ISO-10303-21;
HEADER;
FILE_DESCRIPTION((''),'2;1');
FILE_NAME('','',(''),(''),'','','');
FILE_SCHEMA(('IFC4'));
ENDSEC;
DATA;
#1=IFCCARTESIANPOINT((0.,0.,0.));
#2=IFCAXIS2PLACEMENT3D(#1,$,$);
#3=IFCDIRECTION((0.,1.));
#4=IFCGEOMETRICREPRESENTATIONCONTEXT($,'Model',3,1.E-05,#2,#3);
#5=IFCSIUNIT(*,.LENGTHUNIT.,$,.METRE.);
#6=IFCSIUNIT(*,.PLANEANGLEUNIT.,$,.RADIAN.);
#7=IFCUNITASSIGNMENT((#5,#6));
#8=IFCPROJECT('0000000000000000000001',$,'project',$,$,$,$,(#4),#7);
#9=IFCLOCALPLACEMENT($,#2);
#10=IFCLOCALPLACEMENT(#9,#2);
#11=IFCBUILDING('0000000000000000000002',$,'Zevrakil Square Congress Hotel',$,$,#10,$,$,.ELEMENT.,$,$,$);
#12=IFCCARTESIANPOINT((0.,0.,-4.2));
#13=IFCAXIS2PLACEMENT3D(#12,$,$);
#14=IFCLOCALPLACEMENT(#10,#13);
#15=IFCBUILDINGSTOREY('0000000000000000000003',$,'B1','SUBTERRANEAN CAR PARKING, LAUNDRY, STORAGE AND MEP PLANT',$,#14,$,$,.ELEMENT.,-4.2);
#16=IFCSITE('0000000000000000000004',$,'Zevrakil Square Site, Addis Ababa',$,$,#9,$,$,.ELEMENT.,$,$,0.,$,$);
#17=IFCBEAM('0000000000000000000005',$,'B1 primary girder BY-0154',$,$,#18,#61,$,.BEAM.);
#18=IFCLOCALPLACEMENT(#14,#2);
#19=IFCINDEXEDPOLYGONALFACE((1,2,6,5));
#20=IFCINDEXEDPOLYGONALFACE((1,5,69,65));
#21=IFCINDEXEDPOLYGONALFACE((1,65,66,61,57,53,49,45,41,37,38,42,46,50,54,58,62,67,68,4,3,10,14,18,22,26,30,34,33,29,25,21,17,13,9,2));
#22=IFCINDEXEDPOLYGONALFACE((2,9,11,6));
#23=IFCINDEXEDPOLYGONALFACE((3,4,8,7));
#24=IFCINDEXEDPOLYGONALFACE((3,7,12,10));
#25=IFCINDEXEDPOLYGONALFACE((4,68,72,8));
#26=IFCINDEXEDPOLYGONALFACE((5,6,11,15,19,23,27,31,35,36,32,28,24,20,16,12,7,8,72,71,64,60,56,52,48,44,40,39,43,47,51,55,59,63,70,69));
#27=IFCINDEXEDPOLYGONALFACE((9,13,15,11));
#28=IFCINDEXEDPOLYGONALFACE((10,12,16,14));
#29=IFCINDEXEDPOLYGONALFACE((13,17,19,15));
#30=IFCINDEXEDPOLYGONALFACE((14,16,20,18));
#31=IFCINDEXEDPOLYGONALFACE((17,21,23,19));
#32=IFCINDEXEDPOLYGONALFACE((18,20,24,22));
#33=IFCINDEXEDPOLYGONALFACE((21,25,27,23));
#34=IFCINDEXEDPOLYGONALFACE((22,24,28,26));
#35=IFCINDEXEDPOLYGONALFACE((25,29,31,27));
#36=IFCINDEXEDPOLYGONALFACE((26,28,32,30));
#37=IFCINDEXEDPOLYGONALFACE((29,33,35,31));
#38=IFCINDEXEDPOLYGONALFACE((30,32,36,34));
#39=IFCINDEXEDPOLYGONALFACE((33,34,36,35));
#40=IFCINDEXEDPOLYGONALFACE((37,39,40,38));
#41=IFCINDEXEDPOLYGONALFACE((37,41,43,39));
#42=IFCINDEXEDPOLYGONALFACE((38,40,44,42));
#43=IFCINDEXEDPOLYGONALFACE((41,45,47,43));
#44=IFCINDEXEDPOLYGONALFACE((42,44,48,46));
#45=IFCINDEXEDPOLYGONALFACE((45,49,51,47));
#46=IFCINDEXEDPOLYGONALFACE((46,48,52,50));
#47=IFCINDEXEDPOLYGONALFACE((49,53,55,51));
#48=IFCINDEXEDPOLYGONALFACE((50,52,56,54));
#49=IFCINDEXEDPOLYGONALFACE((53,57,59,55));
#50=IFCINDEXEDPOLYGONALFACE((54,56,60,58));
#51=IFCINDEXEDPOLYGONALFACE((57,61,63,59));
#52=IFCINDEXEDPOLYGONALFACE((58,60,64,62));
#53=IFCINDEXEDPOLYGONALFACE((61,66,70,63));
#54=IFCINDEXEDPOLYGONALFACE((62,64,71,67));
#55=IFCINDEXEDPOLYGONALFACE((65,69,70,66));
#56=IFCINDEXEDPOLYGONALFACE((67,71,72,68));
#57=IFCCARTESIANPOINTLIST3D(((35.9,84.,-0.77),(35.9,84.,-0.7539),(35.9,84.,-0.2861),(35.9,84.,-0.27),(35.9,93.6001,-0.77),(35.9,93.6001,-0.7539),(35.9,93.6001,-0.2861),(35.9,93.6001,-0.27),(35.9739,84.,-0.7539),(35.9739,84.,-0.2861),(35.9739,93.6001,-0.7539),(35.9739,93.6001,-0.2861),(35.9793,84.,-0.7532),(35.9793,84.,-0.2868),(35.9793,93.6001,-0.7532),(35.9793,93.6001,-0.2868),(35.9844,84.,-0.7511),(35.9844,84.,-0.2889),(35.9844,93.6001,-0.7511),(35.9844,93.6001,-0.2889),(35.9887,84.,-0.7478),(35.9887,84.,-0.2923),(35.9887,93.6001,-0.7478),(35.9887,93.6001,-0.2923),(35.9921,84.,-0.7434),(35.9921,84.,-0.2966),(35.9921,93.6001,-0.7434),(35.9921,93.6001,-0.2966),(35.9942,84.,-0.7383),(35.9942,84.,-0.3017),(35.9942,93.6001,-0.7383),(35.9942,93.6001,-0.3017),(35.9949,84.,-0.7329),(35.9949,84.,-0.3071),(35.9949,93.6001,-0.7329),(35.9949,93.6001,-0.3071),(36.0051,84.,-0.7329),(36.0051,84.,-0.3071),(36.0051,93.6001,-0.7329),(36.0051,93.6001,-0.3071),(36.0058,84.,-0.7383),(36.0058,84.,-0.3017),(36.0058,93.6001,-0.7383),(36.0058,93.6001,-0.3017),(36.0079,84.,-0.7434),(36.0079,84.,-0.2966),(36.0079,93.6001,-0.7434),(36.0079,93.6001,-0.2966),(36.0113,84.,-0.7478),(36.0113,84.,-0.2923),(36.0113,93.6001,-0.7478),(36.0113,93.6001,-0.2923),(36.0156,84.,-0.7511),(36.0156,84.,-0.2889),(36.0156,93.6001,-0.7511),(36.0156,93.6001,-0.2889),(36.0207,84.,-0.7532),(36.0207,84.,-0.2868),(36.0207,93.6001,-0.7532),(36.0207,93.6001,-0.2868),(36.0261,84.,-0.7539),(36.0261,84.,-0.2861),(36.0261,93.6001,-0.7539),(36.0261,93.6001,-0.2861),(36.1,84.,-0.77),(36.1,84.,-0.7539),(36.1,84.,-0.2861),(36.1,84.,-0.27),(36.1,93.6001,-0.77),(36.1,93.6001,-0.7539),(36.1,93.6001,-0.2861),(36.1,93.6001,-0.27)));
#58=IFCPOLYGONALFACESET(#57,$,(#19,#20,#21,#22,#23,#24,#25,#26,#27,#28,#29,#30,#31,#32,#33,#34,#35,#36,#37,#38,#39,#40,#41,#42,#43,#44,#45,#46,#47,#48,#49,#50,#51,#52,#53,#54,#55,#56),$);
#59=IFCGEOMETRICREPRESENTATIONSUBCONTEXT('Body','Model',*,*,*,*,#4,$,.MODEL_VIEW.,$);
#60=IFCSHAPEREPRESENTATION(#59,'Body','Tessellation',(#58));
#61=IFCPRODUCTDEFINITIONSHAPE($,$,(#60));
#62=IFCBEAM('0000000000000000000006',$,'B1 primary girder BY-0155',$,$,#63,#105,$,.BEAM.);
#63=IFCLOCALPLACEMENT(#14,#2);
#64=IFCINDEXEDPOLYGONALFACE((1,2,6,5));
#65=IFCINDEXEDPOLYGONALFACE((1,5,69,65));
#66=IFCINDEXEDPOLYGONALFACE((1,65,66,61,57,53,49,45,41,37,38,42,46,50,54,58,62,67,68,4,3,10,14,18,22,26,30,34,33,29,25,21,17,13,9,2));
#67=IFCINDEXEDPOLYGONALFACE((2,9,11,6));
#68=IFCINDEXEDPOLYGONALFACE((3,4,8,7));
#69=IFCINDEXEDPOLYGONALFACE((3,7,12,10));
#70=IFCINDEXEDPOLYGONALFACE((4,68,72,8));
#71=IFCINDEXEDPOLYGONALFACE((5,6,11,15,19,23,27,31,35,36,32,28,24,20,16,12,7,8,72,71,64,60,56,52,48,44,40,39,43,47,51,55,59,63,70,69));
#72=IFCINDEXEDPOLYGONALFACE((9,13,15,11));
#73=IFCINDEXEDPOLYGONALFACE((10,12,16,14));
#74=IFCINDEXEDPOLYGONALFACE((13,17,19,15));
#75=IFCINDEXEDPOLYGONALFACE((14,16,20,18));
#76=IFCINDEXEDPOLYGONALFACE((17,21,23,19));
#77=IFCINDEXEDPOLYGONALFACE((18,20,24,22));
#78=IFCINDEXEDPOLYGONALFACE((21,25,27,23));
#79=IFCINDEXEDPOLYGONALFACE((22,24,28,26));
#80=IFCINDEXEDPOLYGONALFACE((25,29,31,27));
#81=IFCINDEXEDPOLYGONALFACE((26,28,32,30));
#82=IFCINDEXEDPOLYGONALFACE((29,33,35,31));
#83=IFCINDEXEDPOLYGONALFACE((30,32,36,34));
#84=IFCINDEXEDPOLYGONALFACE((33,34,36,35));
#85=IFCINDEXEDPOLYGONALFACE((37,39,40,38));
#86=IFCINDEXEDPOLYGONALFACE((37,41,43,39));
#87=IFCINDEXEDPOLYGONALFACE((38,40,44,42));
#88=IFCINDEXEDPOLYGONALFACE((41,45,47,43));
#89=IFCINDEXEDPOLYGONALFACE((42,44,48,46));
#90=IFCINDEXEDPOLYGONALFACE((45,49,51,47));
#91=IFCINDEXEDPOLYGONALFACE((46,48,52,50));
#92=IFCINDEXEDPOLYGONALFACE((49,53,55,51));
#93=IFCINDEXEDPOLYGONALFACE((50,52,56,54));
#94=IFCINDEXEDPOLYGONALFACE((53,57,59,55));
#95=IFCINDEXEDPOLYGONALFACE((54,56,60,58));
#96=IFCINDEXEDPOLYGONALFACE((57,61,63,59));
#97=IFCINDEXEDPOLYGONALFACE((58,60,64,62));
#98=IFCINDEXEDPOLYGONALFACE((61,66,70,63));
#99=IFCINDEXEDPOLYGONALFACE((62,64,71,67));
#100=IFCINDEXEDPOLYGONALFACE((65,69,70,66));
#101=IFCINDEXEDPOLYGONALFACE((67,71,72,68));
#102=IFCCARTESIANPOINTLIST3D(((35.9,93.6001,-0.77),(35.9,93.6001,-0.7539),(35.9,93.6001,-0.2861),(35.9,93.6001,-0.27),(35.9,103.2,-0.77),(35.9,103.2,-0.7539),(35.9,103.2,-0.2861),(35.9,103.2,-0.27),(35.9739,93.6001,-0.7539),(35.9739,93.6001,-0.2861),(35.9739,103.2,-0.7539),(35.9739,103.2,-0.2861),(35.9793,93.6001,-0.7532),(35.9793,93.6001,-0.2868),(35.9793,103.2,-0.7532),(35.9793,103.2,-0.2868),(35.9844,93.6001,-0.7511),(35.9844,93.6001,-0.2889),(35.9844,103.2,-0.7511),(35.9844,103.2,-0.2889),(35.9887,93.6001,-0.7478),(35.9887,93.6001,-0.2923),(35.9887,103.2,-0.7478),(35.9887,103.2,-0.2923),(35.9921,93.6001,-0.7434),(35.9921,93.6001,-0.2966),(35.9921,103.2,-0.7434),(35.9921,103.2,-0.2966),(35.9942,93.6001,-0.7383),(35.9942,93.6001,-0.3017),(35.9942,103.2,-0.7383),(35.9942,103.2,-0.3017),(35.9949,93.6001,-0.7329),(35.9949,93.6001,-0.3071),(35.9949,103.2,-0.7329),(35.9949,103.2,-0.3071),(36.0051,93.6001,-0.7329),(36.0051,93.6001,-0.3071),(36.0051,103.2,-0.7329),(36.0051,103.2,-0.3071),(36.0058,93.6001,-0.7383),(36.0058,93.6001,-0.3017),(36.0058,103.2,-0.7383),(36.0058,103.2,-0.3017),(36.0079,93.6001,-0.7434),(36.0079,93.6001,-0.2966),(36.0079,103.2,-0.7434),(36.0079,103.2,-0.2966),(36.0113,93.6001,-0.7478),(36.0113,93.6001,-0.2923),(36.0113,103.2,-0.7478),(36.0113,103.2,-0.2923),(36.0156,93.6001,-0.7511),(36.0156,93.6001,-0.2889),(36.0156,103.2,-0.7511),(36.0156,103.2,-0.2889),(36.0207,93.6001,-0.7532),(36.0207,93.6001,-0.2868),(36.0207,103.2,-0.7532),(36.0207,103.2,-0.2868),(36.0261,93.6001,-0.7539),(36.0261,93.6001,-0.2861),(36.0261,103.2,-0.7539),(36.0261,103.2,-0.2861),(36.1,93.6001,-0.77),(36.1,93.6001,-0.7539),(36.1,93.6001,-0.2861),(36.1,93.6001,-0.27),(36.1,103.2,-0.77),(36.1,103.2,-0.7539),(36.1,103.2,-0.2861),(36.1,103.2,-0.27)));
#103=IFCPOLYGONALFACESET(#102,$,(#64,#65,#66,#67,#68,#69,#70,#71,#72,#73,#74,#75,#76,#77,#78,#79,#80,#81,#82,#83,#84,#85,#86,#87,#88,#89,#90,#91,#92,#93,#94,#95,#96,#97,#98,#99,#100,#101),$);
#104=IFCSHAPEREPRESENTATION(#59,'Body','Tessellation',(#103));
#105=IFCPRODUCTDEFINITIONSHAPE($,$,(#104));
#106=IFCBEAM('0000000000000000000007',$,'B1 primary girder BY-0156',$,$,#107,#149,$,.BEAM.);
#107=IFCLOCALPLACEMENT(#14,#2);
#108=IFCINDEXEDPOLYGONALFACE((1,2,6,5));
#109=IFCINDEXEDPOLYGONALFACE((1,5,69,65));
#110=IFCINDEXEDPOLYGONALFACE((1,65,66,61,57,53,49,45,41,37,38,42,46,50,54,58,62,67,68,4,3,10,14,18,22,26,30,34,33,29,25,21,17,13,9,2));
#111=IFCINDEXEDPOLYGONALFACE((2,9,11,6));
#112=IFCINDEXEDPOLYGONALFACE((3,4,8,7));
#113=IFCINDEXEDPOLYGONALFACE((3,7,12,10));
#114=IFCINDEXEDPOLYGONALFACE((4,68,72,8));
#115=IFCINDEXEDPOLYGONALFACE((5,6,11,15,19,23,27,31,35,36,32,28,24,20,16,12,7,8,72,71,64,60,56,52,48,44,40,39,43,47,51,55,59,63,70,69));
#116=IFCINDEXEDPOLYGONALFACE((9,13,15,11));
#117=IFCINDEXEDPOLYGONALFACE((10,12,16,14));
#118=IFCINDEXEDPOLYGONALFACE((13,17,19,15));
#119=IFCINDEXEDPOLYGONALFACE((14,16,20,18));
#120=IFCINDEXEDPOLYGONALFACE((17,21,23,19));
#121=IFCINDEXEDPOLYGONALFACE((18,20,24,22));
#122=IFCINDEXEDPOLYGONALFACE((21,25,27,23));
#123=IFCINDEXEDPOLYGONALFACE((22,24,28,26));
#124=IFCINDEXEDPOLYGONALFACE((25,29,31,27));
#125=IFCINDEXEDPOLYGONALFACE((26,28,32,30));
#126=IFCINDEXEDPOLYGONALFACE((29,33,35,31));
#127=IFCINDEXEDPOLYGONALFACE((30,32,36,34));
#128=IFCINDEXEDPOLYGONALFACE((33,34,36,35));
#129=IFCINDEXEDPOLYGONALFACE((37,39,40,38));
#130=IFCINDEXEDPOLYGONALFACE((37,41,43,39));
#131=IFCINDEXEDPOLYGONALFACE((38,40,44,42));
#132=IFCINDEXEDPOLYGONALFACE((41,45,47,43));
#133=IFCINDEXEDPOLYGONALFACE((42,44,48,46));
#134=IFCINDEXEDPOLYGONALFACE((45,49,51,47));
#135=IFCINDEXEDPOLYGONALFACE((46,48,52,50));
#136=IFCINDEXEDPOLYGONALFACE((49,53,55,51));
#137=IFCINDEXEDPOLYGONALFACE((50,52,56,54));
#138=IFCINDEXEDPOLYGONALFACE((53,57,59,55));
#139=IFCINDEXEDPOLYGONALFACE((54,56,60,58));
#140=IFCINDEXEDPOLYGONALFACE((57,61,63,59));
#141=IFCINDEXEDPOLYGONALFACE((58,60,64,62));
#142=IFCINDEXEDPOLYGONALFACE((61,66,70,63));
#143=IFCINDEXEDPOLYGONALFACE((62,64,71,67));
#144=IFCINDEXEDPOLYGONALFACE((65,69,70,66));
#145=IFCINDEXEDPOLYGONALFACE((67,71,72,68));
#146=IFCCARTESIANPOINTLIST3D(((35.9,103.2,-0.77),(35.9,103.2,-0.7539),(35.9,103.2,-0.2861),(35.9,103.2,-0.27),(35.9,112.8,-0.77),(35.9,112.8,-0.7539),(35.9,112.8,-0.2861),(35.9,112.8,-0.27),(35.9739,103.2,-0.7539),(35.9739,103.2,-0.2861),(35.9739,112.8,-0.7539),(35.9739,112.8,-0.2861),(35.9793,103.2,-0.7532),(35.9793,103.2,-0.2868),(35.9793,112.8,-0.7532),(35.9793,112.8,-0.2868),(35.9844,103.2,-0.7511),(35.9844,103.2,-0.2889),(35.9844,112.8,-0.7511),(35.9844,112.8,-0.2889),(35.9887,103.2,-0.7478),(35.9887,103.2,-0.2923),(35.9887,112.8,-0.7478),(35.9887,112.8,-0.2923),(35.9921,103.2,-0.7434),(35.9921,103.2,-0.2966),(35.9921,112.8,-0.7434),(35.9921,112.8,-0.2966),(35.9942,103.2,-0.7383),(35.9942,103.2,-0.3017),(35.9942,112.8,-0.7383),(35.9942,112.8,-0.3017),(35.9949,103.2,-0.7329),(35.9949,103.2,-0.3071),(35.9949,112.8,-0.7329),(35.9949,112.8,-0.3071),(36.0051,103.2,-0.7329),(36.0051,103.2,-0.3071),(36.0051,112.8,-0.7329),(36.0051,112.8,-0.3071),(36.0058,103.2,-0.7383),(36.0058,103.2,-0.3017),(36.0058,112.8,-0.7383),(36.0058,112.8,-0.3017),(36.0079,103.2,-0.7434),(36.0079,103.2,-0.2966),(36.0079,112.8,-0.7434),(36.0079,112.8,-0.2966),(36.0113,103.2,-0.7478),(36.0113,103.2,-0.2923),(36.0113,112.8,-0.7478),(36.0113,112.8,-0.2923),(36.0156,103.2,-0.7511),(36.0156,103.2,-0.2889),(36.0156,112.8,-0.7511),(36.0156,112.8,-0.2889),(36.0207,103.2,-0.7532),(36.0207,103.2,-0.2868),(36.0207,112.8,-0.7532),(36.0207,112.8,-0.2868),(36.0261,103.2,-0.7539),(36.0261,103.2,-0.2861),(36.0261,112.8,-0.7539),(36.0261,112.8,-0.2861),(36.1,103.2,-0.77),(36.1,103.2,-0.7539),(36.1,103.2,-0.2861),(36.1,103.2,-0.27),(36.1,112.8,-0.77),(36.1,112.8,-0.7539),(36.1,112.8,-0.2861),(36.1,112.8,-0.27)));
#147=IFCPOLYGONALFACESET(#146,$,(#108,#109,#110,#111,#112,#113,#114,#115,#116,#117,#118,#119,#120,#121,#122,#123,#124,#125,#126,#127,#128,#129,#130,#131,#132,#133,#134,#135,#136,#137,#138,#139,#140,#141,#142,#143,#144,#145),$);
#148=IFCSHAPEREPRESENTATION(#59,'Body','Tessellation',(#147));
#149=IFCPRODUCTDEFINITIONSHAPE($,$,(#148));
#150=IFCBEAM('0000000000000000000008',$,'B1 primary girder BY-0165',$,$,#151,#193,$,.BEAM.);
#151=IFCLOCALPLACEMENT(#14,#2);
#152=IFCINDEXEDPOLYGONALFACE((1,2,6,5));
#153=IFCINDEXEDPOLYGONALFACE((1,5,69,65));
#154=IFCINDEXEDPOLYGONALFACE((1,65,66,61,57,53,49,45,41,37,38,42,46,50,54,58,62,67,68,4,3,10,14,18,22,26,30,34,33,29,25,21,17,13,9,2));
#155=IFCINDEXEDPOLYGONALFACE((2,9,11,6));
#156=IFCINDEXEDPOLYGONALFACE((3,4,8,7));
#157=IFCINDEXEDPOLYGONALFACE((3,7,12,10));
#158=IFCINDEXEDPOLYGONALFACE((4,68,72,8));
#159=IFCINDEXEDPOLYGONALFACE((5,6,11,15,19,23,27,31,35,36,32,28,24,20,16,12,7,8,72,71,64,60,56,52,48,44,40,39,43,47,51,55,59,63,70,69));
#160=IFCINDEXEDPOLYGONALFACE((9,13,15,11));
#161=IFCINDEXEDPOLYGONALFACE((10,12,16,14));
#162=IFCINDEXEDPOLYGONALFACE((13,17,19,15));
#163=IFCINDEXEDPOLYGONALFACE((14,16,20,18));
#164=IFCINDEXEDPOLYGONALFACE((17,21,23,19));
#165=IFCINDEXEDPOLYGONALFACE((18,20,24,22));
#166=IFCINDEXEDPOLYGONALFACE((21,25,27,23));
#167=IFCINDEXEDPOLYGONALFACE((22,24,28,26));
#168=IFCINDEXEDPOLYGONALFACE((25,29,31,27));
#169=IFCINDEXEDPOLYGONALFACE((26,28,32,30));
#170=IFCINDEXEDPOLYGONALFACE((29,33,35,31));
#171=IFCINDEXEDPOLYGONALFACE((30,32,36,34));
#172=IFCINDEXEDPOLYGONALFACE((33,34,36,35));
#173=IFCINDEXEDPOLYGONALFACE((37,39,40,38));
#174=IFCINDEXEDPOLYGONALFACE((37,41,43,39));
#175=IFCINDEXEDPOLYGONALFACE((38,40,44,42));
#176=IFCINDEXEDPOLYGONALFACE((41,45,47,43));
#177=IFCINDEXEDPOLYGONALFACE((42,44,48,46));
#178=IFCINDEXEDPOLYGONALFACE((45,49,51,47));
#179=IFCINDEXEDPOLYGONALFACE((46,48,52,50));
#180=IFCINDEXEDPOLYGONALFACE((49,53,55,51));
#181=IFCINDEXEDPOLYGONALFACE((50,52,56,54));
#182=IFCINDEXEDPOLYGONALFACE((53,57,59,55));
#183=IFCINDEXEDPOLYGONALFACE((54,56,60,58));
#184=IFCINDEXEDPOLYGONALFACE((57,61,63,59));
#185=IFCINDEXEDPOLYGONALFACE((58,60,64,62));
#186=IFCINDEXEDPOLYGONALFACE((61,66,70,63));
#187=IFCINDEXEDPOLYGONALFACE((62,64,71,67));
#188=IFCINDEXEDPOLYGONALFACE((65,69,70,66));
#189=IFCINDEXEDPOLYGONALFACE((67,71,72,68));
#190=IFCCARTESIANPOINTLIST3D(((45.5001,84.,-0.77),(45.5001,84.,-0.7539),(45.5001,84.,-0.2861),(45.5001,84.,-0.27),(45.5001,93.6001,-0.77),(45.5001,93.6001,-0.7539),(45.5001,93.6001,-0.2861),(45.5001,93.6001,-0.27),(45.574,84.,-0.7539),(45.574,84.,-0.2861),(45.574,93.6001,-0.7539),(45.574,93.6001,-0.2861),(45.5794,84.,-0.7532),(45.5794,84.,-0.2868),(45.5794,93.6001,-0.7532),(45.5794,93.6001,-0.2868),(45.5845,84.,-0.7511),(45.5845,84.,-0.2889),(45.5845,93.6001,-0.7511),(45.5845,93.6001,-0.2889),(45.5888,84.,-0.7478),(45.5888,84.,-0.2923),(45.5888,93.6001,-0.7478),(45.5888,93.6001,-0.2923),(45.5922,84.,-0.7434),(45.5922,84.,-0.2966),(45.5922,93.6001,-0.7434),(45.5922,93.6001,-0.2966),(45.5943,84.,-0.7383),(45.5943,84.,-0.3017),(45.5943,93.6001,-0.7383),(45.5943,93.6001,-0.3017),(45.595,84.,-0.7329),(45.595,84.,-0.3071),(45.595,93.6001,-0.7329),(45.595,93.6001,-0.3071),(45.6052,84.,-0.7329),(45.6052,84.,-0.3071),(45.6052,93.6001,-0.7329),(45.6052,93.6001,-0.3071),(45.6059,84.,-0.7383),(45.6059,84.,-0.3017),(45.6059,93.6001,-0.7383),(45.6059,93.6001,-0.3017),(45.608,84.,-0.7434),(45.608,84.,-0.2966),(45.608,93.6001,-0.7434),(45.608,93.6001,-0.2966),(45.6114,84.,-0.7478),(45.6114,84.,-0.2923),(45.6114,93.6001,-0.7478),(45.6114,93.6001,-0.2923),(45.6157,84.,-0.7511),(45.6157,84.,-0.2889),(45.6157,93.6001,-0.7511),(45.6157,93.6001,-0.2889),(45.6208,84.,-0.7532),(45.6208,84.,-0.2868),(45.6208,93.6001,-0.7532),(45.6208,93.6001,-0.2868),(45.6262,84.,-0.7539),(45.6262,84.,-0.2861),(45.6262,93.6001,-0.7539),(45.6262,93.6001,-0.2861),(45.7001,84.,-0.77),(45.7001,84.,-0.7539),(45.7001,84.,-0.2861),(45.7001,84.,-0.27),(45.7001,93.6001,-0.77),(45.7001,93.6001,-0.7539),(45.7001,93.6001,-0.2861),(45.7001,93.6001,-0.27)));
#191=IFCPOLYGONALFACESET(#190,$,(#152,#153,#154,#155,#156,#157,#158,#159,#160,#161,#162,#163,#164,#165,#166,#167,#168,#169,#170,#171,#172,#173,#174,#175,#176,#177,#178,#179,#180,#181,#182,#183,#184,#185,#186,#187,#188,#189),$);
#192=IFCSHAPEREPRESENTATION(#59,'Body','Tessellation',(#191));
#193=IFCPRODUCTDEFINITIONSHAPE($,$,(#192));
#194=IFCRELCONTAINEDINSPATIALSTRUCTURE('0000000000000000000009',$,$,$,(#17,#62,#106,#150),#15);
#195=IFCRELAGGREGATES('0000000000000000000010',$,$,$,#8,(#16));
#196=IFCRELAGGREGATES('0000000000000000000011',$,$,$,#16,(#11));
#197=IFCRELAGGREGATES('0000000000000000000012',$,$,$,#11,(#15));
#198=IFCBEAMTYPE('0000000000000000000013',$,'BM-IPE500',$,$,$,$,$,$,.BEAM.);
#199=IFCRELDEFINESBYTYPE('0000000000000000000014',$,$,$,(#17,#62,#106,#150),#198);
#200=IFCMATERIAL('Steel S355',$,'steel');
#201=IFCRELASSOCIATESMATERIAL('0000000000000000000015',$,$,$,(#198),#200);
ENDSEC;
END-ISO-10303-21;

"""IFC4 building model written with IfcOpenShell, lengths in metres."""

from ifc_helpers import new_model, si_unit, direction, frame, origin, origin_2d, place, context, subcontext, project, spatial, i_section, extrude, material, material_profile, profile_set, type_object, element, save


model = new_model("IFC4")

# Units and contexts
model_context = context("Model", 3, precision=1e-05, world=origin(), true_north=direction((0.0, 1.0)))
body_context = subcontext(model_context, "Body", "Model", "MODEL_VIEW")
ifc_project = project(units=[si_unit("LENGTHUNIT", "METRE"), si_unit("PLANEANGLEUNIT", "RADIAN")], contexts=[model_context])

# Site, building, storey
site_placement = place(None, origin())
site = spatial("IfcSite", under=ifc_project, at=site_placement, Name="Zevrakil Square Site, Addis Ababa", CompositionType="ELEMENT", RefElevation=0.0)
building_placement = place(site_placement, origin())
building = spatial("IfcBuilding", under=site, at=building_placement, Name="Zevrakil Square Congress Hotel", CompositionType="ELEMENT")
storey_placement = place(building_placement, frame((0.0, 0.0, -4.2)))
storey = spatial("IfcBuildingStorey", under=building, at=storey_placement, Name="B1", Description="SUBTERRANEAN CAR PARKING, LAUNDRY, STORAGE AND MEP PLANT", CompositionType="ELEMENT", Elevation=-4.2)

# Beams
ifc_material_1 = material(Name="Steel S355", Category="steel")
ifc_material_profile_1 = material_profile(ifc_material_1, i_section(OverallWidth=0.2, OverallDepth=0.5, WebThickness=0.0103, FlangeThickness=0.0161, FilletRadius=0.021, at=origin_2d()), Name="IPE 500")
ifc_profile_set_1 = profile_set([ifc_material_profile_1], Name="Steel S355")
beam_type_1 = type_object("IfcBeamType", Name="BM-IPE500", PredefinedType="BEAM", material=ifc_profile_set_1)
beam_1_placement = place(storey_placement, frame((36.0, 84.0, -0.52), z_axis=(0.0, 1.0, 0.0), x_axis=(-1.0, 0.0, 0.0)))
element("IfcBeam", 1, at=beam_1_placement, inside=storey, type_object=beam_type_1, Name="B1 primary girder BY-0154", PredefinedType="BEAM", context=body_context, shape_type="SweptSolid", body=[
    extrude(i_section(OverallWidth=0.2, OverallDepth=0.5, WebThickness=0.0103, FlangeThickness=0.0161, FilletRadius=0.021, at=origin_2d()), origin(), (0.0, 0.0, 1.0), 9.6001),
])
beam_2_placement = place(storey_placement, frame((36.0, 93.6001, -0.52), z_axis=(0.0, 1.0, 0.0), x_axis=(-1.0, 0.0, 0.0)))
element("IfcBeam", 2, at=beam_2_placement, inside=storey, type_object=beam_type_1, Name="B1 primary girder BY-0155", PredefinedType="BEAM", context=body_context, shape_type="SweptSolid", body=[
    extrude(i_section(OverallWidth=0.2, OverallDepth=0.5, WebThickness=0.0103, FlangeThickness=0.0161, FilletRadius=0.021, at=origin_2d()), origin(), (0.0, 0.0, 1.0), 9.5999),
])
for number, where, z_axis, x_axis, name in (
    (3, (36.0, 103.2, -0.52), (0.0, 1.0, 0.0), (-1.0, 0.0, 0.0), "B1 primary girder BY-0156"),
    (4, (45.6001, 84.0, -0.52), (0.0, 1.0, 0.0), (-1.0, 0.0, 0.0), "B1 primary girder BY-0165"),
):
    element("IfcBeam", number, at=place(storey_placement, frame(where, z_axis=z_axis, x_axis=x_axis)), inside=storey, type_object=beam_type_1, Name=name, PredefinedType="BEAM", context=body_context, shape_type="SweptSolid", body=[
        extrude(i_section(OverallWidth=0.2, OverallDepth=0.5, WebThickness=0.0103, FlangeThickness=0.0161, FilletRadius=0.021, at=origin_2d()), origin(), (0.0, 0.0, 1.0), 9.6001),
    ])

save(model, "model.ifc")
